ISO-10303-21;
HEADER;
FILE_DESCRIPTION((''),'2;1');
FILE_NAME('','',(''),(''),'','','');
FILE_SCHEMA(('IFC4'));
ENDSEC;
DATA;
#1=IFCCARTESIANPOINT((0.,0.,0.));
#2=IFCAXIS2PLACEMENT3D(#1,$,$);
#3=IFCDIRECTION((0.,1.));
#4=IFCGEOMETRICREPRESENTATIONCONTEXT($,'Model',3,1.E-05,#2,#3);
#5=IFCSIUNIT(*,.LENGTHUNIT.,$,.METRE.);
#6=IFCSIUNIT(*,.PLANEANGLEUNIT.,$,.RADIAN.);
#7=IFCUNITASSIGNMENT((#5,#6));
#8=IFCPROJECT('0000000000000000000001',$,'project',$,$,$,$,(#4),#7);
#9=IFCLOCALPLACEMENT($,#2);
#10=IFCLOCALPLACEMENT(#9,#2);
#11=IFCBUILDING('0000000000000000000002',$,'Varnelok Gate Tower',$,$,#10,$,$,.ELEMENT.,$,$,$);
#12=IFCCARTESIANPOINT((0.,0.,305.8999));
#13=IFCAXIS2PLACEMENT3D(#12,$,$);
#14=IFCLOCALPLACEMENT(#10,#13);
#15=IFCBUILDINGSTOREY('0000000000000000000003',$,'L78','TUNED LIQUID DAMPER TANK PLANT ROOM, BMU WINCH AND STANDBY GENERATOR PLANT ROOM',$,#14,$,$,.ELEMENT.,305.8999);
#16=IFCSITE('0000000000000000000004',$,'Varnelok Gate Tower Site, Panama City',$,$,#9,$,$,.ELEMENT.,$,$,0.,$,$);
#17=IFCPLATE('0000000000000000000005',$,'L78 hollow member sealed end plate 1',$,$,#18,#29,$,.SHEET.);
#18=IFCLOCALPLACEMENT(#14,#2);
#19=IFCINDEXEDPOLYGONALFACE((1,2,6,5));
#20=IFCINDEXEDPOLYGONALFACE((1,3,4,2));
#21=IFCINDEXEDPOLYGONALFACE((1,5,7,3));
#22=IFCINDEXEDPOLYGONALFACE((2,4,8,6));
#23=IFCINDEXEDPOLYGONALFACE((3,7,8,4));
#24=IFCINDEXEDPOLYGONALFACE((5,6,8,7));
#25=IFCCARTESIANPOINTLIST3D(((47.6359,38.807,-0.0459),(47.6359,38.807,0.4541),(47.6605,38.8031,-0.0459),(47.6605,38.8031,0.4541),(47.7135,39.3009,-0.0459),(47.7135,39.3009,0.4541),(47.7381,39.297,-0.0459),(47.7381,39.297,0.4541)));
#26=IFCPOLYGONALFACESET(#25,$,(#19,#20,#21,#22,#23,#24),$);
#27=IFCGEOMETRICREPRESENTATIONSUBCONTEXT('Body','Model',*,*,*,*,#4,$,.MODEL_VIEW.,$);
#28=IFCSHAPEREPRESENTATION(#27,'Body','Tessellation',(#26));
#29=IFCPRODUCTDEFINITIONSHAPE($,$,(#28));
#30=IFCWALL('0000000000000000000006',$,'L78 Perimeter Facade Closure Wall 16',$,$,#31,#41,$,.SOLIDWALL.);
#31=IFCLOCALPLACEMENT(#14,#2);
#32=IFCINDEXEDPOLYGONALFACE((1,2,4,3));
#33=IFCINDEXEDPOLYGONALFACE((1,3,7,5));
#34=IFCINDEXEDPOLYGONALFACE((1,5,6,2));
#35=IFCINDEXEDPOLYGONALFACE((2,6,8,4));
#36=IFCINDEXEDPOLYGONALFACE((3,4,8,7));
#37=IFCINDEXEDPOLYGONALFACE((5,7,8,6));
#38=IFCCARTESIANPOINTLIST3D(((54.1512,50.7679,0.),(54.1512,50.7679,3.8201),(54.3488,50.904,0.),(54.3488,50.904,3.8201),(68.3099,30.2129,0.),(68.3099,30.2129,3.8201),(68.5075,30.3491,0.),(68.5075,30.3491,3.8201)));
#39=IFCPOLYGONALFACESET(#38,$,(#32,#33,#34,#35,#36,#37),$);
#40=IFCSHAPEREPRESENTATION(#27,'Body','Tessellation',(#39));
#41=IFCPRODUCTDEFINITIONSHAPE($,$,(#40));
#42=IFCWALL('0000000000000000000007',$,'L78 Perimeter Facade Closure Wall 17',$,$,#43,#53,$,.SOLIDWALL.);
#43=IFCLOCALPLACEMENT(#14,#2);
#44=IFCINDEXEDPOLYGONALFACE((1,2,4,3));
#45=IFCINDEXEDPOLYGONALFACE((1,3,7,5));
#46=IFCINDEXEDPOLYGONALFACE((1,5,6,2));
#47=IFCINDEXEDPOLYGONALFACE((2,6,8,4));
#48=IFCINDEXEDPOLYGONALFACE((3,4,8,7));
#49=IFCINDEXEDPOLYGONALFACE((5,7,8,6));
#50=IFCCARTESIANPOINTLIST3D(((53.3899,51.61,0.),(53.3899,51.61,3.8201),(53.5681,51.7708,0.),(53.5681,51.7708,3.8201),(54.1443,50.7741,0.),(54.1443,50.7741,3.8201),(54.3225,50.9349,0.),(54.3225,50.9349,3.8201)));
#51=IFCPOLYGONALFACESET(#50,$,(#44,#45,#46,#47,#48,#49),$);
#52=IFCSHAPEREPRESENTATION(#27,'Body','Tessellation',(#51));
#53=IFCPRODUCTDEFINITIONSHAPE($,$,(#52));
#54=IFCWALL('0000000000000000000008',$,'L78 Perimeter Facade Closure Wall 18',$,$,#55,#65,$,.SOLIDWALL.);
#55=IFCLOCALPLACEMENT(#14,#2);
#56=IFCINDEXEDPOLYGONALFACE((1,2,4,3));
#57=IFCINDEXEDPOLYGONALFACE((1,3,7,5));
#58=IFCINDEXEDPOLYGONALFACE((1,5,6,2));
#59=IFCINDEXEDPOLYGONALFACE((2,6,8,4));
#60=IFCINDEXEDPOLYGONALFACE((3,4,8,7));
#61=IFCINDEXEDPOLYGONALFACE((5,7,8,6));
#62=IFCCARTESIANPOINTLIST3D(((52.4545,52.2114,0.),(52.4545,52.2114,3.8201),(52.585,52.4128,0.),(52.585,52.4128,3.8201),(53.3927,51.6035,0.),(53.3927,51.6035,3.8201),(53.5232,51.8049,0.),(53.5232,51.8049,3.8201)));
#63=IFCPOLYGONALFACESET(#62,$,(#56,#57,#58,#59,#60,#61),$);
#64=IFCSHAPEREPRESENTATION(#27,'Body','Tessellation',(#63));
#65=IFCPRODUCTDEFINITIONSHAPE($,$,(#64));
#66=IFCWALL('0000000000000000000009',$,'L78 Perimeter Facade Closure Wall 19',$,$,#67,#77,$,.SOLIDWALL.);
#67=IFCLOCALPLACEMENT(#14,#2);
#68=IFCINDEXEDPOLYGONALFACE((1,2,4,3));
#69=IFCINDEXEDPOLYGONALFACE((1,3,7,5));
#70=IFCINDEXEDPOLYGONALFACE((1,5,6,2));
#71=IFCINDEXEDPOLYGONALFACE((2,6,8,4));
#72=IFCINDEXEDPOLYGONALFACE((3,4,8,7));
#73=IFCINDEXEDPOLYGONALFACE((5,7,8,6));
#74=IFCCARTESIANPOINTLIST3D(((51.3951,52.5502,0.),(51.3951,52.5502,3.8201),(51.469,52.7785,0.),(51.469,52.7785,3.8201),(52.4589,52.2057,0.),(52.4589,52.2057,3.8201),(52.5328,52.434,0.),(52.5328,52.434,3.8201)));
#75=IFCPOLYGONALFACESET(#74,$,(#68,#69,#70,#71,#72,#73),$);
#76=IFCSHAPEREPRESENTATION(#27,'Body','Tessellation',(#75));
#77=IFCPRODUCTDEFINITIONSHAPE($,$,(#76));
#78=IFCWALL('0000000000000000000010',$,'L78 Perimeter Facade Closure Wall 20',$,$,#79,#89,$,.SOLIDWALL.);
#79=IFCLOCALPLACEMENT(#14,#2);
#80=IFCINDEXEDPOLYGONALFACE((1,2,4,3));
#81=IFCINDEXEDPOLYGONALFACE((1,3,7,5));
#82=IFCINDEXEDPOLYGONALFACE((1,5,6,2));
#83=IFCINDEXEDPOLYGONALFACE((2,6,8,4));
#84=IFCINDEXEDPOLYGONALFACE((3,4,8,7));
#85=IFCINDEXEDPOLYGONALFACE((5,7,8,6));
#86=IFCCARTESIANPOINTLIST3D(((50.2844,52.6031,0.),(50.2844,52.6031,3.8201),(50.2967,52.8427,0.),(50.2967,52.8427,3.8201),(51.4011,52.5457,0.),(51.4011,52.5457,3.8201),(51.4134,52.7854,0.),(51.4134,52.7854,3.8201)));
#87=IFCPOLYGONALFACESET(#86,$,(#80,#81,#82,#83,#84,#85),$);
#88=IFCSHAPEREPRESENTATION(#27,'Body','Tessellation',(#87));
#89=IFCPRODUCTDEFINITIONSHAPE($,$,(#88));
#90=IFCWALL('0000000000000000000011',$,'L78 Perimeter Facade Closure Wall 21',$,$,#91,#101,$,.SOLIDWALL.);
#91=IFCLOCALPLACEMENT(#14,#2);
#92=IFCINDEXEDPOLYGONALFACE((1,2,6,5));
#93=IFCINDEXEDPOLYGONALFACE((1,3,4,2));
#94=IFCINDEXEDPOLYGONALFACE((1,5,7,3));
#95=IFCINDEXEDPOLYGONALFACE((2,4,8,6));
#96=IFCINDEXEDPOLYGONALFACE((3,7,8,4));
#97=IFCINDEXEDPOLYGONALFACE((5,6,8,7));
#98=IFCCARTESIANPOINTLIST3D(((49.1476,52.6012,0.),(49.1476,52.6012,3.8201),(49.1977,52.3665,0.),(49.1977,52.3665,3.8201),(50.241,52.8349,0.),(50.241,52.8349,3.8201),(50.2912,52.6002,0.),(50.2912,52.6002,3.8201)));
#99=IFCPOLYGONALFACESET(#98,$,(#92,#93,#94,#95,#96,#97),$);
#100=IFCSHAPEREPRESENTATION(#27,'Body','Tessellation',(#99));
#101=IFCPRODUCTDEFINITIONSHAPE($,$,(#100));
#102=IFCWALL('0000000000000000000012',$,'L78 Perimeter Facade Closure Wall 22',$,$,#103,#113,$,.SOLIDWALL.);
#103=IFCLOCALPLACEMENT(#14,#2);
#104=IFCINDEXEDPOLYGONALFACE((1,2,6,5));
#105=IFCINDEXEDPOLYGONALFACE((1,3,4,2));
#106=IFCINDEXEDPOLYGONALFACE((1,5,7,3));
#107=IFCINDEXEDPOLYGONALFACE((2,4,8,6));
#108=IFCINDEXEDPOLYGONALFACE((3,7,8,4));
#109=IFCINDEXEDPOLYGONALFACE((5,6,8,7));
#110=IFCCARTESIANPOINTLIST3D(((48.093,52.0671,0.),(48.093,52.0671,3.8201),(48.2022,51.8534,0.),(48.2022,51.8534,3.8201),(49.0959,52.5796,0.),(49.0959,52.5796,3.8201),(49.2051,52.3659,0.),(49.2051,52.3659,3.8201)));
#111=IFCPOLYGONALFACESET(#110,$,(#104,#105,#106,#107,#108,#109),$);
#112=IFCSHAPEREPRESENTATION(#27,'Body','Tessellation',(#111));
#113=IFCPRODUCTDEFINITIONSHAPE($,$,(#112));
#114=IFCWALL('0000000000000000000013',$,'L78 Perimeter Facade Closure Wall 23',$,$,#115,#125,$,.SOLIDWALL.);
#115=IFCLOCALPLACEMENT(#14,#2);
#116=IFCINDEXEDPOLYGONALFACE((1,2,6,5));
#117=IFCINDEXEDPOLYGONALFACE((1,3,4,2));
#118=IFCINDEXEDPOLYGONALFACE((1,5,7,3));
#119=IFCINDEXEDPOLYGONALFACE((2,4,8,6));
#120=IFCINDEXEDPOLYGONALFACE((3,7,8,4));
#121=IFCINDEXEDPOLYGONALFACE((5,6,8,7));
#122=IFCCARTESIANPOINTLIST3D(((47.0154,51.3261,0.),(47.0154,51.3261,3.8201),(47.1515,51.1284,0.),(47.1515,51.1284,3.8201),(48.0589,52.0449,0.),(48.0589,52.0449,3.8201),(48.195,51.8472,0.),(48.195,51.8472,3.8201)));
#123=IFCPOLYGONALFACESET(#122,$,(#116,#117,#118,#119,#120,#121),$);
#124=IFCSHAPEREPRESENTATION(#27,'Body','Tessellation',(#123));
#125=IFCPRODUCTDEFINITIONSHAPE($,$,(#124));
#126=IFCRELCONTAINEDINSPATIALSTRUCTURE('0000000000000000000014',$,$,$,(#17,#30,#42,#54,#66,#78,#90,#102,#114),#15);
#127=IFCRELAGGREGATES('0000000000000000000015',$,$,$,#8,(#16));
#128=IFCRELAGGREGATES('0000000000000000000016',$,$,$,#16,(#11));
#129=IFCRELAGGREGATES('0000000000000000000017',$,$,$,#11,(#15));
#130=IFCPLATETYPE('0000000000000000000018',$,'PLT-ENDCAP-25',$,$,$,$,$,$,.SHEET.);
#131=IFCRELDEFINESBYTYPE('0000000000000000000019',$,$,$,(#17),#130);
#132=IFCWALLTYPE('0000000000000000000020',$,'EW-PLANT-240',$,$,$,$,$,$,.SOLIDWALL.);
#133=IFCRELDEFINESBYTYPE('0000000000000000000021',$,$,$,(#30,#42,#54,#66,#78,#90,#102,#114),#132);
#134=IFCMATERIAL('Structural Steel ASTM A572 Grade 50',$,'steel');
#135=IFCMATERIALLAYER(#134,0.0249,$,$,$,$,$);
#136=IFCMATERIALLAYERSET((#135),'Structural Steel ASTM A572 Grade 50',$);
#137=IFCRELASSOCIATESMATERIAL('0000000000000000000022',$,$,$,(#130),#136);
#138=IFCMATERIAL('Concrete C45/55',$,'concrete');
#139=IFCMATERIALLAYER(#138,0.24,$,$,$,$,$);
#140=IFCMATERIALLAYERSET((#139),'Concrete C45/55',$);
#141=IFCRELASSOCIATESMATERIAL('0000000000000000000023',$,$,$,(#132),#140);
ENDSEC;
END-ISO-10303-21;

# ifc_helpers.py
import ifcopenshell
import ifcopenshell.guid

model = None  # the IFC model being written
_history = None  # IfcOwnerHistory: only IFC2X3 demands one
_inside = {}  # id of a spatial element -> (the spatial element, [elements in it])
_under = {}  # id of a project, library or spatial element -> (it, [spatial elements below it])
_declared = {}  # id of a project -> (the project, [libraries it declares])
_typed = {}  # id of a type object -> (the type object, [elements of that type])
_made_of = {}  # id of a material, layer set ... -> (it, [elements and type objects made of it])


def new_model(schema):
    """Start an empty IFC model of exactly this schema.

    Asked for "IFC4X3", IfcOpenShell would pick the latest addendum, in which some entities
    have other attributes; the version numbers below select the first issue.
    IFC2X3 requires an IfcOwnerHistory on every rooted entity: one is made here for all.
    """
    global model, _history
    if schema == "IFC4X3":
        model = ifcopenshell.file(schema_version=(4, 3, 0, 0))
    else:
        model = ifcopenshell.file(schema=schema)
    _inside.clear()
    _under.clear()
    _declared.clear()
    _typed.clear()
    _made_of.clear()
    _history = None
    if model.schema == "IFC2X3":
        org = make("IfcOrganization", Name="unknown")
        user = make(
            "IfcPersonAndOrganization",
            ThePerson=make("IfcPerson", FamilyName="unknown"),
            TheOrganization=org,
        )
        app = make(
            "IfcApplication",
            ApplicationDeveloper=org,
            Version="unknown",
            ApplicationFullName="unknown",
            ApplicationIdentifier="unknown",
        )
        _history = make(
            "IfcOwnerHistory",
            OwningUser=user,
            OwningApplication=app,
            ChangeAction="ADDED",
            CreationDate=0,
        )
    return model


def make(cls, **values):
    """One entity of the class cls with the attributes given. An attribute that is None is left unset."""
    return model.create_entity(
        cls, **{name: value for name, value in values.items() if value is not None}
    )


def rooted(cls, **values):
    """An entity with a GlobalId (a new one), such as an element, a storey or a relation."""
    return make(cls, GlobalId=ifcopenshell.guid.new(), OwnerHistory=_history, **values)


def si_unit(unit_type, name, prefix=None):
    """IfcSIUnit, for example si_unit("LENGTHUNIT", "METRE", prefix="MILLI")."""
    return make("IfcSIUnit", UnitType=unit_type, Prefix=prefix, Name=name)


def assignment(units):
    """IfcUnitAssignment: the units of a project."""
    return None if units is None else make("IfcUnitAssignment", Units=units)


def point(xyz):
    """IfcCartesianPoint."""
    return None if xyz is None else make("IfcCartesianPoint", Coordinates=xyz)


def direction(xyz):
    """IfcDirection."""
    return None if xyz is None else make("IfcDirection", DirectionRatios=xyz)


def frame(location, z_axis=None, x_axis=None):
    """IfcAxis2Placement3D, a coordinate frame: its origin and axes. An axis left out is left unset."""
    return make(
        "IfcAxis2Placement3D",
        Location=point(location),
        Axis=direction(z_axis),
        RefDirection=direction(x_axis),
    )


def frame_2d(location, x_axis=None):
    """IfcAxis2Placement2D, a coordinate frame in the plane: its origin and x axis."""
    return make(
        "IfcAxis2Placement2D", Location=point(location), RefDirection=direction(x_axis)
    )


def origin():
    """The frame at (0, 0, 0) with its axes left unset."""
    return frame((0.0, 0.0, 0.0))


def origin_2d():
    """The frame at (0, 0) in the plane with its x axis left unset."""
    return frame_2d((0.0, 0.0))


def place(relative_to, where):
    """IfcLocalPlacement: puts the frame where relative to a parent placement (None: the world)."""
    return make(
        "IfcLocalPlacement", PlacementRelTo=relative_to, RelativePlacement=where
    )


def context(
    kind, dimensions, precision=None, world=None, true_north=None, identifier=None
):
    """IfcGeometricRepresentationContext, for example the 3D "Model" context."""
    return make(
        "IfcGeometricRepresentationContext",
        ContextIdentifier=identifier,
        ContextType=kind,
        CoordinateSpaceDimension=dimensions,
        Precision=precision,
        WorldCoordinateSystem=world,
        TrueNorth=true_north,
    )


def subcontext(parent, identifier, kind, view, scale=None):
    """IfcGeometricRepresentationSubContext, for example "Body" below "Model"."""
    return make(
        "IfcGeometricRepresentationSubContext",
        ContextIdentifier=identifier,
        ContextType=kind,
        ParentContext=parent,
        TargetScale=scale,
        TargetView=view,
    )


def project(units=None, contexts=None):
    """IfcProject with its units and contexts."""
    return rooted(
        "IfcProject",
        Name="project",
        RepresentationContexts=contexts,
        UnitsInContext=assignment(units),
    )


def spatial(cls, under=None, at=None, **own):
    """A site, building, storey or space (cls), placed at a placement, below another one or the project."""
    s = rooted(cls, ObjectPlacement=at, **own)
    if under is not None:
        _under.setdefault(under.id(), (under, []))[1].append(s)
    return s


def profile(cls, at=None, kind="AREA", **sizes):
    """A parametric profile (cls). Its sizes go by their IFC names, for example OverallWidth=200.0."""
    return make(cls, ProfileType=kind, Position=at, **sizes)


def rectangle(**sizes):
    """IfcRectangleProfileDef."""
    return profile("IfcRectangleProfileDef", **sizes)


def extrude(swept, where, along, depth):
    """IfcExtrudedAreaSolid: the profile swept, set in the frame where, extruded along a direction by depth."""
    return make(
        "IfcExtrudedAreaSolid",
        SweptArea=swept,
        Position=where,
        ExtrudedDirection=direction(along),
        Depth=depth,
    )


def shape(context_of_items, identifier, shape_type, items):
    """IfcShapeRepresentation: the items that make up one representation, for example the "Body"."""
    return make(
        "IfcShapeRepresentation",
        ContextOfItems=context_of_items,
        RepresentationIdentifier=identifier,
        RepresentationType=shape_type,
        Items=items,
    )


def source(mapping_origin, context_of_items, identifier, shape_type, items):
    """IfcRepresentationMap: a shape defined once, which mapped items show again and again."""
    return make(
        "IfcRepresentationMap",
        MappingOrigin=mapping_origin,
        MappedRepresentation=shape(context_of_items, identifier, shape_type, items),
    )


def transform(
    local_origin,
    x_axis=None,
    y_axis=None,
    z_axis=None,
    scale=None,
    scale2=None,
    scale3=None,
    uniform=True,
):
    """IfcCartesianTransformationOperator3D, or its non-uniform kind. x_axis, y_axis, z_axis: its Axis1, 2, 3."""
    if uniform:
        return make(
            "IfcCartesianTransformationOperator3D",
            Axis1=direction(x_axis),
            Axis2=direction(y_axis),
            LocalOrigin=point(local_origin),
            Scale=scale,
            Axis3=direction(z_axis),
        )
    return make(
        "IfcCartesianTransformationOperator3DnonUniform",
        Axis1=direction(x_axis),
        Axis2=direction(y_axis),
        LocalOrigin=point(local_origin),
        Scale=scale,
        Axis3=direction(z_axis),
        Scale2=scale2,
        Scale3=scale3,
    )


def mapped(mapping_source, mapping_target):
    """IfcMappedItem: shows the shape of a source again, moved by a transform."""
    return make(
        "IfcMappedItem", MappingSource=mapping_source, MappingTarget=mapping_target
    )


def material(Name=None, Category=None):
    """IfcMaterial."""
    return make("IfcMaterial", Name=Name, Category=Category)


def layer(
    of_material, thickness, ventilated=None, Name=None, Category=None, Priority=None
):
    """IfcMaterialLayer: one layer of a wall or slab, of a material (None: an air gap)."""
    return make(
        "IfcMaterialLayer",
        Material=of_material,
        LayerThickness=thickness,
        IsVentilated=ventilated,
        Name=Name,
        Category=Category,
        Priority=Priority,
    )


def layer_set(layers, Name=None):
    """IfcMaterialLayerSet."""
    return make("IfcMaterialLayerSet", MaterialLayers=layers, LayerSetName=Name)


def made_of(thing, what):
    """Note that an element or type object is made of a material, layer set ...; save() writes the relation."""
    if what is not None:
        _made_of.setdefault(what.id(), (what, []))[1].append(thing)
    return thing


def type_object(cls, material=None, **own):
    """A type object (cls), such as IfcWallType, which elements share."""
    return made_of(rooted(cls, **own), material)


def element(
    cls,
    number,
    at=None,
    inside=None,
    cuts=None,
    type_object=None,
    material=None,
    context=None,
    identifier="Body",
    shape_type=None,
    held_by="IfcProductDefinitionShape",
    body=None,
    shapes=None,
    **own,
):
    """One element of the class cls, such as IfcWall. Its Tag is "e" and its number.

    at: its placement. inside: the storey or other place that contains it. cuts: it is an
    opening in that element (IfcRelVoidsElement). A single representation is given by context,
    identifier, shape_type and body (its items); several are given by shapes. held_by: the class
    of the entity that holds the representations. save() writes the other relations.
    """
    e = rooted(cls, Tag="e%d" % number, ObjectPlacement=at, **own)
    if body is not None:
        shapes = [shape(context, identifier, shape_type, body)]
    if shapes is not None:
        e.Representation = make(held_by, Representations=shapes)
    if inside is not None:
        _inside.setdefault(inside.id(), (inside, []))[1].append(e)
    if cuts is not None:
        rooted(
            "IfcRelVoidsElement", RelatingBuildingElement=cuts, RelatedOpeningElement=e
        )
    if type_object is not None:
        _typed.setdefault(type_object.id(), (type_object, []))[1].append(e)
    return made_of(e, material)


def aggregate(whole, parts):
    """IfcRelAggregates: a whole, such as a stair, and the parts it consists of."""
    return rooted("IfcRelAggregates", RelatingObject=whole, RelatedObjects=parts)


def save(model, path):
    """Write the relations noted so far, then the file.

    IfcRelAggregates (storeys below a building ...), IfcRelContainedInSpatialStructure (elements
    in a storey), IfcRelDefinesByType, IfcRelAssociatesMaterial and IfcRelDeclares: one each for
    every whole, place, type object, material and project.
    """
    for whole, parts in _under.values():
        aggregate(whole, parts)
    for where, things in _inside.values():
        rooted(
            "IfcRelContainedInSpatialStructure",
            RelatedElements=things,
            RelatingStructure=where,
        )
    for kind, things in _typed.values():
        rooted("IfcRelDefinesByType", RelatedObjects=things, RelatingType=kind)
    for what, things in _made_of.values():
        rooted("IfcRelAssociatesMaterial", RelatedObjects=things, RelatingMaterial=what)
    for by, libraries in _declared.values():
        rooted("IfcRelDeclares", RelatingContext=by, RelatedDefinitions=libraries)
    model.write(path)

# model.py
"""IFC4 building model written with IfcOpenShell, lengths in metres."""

from ifc_helpers import new_model, si_unit, direction, frame, frame_2d, origin, origin_2d, place, context, subcontext, project, spatial, rectangle, extrude, source, transform, mapped, material, layer, layer_set, type_object, element, save


model = new_model("IFC4")

# Units and contexts
model_context = context("Model", 3, precision=1e-05, world=origin(), true_north=direction((0.0, 1.0)))
body_context = subcontext(model_context, "Body", "Model", "MODEL_VIEW")
ifc_project = project(units=[si_unit("LENGTHUNIT", "METRE"), si_unit("PLANEANGLEUNIT", "RADIAN")], contexts=[model_context])

# Site, building, storey
site_placement = place(None, origin())
site = spatial("IfcSite", under=ifc_project, at=site_placement, Name="Varnelok Gate Tower Site, Panama City", CompositionType="ELEMENT", RefElevation=0.0)
building_placement = place(site_placement, origin())
building = spatial("IfcBuilding", under=site, at=building_placement, Name="Varnelok Gate Tower", CompositionType="ELEMENT")
storey_placement = place(building_placement, frame((0.0, 0.0, 305.8999)))
storey = spatial("IfcBuildingStorey", under=building, at=storey_placement, Name="L78", Description="TUNED LIQUID DAMPER TANK PLANT ROOM, BMU WINCH AND STANDBY GENERATOR PLANT ROOM", CompositionType="ELEMENT", Elevation=305.8999)

# Plate
ifc_material_1 = material(Name="Structural Steel ASTM A572 Grade 50", Category="steel")
ifc_layer_1 = layer(ifc_material_1, 0.0249)
ifc_layer_set_1 = layer_set([ifc_layer_1], Name="Structural Steel ASTM A572 Grade 50")
plate_type_1 = type_object("IfcPlateType", Name="PLT-ENDCAP-25", PredefinedType="SHEET", material=ifc_layer_set_1)
shared_shape_1 = source(origin(), body_context, "Body", "SweptSolid", [
    extrude(rectangle(XDim=0.0249, YDim=0.5, at=origin_2d()), origin(), (0.0, 0.0, 1.0), 0.5),
])
plate_1_placement = place(storey_placement, frame((47.687, 39.052, -0.0459), z_axis=(0.0, 0.0, 1.0), x_axis=(-0.987865, 0.155314, 0.0)))
element("IfcPlate", 1, at=plate_1_placement, inside=storey, type_object=plate_type_1, Name="L78 hollow member sealed end plate 1", PredefinedType="SHEET", context=body_context, shape_type="MappedRepresentation", body=[
    mapped(shared_shape_1, transform((0.0, 0.0, 0.0), scale=1.0)),
])

# Walls
ifc_material_2 = material(Name="Concrete C45/55", Category="concrete")
ifc_layer_2 = layer(ifc_material_2, 0.24)
ifc_layer_set_2 = layer_set([ifc_layer_2], Name="Concrete C45/55")
wall_type = type_object("IfcWallType", Name="EW-PLANT-240", PredefinedType="SOLIDWALL", material=ifc_layer_set_2)
wall_1_placement = place(storey_placement, frame((68.4087, 30.281, 0.0), z_axis=(0.0, 0.0, 1.0), x_axis=(-0.567268, 0.823533, 0.0)))
element("IfcWall", 2, at=wall_1_placement, inside=storey, type_object=wall_type, Name="L78 Perimeter Facade Closure Wall 16", PredefinedType="SOLIDWALL", context=body_context, shape_type="SweptSolid", body=[
    extrude(rectangle(XDim=24.9595, YDim=0.24, at=frame_2d((12.4797, 0.0))), origin(), (0.0, 0.0, 1.0), 3.8201),
])
wall_2_placement = place(storey_placement, frame((54.2334, 50.8545, 0.0), z_axis=(0.0, 0.0, 1.0), x_axis=(-0.66997, 0.742388, 0.0)))
element("IfcWall", 3, at=wall_2_placement, inside=storey, type_object=wall_type, Name="L78 Perimeter Facade Closure Wall 17", PredefinedType="SOLIDWALL", context=body_context, shape_type="SweptSolid", body=[
    extrude(rectangle(XDim=1.126, YDim=0.24, at=frame_2d((0.563, 0.0))), origin(), (0.0, 0.0, 1.0), 3.8201),
])
wall_3_placement = place(storey_placement, frame((53.458, 51.7041, 0.0), z_axis=(0.0, 0.0, 1.0), x_axis=(-0.839236, 0.543767, 0.0)))
element("IfcWall", 4, at=wall_3_placement, inside=storey, type_object=wall_type, Name="L78 Perimeter Facade Closure Wall 18", PredefinedType="SOLIDWALL", context=body_context, shape_type="SweptSolid", body=[
    extrude(rectangle(XDim=1.1179, YDim=0.24, at=frame_2d((0.5591, 0.0))), origin(), (0.0, 0.0, 1.0), 3.8201),
])
for number, where, z_axis, x_axis, name in (
    (5, (52.4958, 52.3198, 0.0), (0.0, 0.0, 1.0), (-0.951356, 0.308094, 0.0), "L78 Perimeter Facade Closure Wall 19"),
    (6, (51.4072, 52.6655, 0.0), (0.0, 0.0, 1.0), (-0.998683, 0.05131, 0.0), "L78 Perimeter Facade Closure Wall 20"),
    (7, (50.2661, 52.7175, 0.0), (0.0, 0.0, 1.0), (-0.977927, -0.208948, 0.0), "L78 Perimeter Facade Closure Wall 21"),
):
    element("IfcWall", number, at=place(storey_placement, frame(where, z_axis=z_axis, x_axis=x_axis)), inside=storey, type_object=wall_type, Name=name, PredefinedType="SOLIDWALL", context=body_context, shape_type="SweptSolid", body=[
        extrude(rectangle(XDim=1.1182, YDim=0.24, at=frame_2d((0.5591, 0.0))), origin(), (0.0, 0.0, 1.0), 3.8201),
    ])
wall_4_placement = place(storey_placement, frame((49.1504, 52.4727, 0.0), z_axis=(0.0, 0.0, 1.0), x_axis=(-0.890491, -0.455, 0.0)))
element("IfcWall", 8, at=wall_4_placement, inside=storey, type_object=wall_type, Name="L78 Perimeter Facade Closure Wall 22", PredefinedType="SOLIDWALL", context=body_context, shape_type="SweptSolid", body=[
    extrude(rectangle(XDim=1.1262, YDim=0.24, at=frame_2d((0.563, 0.0))), origin(), (0.0, 0.0, 1.0), 3.8201),
])
wall_5_placement = place(storey_placement, frame((48.127, 51.946, 0.0), z_axis=(0.0, 0.0, 1.0), x_axis=(-0.823536, -0.567265, 0.0)))
element("IfcWall", 9, at=wall_5_placement, inside=storey, type_object=wall_type, Name="L78 Perimeter Facade Closure Wall 23", PredefinedType="SOLIDWALL", context=body_context, shape_type="SweptSolid", body=[
    extrude(rectangle(XDim=1.2671, YDim=0.24, at=frame_2d((0.6335, 0.0))), origin(), (0.0, 0.0, 1.0), 3.8201),
])

save(model, "model.ifc")
